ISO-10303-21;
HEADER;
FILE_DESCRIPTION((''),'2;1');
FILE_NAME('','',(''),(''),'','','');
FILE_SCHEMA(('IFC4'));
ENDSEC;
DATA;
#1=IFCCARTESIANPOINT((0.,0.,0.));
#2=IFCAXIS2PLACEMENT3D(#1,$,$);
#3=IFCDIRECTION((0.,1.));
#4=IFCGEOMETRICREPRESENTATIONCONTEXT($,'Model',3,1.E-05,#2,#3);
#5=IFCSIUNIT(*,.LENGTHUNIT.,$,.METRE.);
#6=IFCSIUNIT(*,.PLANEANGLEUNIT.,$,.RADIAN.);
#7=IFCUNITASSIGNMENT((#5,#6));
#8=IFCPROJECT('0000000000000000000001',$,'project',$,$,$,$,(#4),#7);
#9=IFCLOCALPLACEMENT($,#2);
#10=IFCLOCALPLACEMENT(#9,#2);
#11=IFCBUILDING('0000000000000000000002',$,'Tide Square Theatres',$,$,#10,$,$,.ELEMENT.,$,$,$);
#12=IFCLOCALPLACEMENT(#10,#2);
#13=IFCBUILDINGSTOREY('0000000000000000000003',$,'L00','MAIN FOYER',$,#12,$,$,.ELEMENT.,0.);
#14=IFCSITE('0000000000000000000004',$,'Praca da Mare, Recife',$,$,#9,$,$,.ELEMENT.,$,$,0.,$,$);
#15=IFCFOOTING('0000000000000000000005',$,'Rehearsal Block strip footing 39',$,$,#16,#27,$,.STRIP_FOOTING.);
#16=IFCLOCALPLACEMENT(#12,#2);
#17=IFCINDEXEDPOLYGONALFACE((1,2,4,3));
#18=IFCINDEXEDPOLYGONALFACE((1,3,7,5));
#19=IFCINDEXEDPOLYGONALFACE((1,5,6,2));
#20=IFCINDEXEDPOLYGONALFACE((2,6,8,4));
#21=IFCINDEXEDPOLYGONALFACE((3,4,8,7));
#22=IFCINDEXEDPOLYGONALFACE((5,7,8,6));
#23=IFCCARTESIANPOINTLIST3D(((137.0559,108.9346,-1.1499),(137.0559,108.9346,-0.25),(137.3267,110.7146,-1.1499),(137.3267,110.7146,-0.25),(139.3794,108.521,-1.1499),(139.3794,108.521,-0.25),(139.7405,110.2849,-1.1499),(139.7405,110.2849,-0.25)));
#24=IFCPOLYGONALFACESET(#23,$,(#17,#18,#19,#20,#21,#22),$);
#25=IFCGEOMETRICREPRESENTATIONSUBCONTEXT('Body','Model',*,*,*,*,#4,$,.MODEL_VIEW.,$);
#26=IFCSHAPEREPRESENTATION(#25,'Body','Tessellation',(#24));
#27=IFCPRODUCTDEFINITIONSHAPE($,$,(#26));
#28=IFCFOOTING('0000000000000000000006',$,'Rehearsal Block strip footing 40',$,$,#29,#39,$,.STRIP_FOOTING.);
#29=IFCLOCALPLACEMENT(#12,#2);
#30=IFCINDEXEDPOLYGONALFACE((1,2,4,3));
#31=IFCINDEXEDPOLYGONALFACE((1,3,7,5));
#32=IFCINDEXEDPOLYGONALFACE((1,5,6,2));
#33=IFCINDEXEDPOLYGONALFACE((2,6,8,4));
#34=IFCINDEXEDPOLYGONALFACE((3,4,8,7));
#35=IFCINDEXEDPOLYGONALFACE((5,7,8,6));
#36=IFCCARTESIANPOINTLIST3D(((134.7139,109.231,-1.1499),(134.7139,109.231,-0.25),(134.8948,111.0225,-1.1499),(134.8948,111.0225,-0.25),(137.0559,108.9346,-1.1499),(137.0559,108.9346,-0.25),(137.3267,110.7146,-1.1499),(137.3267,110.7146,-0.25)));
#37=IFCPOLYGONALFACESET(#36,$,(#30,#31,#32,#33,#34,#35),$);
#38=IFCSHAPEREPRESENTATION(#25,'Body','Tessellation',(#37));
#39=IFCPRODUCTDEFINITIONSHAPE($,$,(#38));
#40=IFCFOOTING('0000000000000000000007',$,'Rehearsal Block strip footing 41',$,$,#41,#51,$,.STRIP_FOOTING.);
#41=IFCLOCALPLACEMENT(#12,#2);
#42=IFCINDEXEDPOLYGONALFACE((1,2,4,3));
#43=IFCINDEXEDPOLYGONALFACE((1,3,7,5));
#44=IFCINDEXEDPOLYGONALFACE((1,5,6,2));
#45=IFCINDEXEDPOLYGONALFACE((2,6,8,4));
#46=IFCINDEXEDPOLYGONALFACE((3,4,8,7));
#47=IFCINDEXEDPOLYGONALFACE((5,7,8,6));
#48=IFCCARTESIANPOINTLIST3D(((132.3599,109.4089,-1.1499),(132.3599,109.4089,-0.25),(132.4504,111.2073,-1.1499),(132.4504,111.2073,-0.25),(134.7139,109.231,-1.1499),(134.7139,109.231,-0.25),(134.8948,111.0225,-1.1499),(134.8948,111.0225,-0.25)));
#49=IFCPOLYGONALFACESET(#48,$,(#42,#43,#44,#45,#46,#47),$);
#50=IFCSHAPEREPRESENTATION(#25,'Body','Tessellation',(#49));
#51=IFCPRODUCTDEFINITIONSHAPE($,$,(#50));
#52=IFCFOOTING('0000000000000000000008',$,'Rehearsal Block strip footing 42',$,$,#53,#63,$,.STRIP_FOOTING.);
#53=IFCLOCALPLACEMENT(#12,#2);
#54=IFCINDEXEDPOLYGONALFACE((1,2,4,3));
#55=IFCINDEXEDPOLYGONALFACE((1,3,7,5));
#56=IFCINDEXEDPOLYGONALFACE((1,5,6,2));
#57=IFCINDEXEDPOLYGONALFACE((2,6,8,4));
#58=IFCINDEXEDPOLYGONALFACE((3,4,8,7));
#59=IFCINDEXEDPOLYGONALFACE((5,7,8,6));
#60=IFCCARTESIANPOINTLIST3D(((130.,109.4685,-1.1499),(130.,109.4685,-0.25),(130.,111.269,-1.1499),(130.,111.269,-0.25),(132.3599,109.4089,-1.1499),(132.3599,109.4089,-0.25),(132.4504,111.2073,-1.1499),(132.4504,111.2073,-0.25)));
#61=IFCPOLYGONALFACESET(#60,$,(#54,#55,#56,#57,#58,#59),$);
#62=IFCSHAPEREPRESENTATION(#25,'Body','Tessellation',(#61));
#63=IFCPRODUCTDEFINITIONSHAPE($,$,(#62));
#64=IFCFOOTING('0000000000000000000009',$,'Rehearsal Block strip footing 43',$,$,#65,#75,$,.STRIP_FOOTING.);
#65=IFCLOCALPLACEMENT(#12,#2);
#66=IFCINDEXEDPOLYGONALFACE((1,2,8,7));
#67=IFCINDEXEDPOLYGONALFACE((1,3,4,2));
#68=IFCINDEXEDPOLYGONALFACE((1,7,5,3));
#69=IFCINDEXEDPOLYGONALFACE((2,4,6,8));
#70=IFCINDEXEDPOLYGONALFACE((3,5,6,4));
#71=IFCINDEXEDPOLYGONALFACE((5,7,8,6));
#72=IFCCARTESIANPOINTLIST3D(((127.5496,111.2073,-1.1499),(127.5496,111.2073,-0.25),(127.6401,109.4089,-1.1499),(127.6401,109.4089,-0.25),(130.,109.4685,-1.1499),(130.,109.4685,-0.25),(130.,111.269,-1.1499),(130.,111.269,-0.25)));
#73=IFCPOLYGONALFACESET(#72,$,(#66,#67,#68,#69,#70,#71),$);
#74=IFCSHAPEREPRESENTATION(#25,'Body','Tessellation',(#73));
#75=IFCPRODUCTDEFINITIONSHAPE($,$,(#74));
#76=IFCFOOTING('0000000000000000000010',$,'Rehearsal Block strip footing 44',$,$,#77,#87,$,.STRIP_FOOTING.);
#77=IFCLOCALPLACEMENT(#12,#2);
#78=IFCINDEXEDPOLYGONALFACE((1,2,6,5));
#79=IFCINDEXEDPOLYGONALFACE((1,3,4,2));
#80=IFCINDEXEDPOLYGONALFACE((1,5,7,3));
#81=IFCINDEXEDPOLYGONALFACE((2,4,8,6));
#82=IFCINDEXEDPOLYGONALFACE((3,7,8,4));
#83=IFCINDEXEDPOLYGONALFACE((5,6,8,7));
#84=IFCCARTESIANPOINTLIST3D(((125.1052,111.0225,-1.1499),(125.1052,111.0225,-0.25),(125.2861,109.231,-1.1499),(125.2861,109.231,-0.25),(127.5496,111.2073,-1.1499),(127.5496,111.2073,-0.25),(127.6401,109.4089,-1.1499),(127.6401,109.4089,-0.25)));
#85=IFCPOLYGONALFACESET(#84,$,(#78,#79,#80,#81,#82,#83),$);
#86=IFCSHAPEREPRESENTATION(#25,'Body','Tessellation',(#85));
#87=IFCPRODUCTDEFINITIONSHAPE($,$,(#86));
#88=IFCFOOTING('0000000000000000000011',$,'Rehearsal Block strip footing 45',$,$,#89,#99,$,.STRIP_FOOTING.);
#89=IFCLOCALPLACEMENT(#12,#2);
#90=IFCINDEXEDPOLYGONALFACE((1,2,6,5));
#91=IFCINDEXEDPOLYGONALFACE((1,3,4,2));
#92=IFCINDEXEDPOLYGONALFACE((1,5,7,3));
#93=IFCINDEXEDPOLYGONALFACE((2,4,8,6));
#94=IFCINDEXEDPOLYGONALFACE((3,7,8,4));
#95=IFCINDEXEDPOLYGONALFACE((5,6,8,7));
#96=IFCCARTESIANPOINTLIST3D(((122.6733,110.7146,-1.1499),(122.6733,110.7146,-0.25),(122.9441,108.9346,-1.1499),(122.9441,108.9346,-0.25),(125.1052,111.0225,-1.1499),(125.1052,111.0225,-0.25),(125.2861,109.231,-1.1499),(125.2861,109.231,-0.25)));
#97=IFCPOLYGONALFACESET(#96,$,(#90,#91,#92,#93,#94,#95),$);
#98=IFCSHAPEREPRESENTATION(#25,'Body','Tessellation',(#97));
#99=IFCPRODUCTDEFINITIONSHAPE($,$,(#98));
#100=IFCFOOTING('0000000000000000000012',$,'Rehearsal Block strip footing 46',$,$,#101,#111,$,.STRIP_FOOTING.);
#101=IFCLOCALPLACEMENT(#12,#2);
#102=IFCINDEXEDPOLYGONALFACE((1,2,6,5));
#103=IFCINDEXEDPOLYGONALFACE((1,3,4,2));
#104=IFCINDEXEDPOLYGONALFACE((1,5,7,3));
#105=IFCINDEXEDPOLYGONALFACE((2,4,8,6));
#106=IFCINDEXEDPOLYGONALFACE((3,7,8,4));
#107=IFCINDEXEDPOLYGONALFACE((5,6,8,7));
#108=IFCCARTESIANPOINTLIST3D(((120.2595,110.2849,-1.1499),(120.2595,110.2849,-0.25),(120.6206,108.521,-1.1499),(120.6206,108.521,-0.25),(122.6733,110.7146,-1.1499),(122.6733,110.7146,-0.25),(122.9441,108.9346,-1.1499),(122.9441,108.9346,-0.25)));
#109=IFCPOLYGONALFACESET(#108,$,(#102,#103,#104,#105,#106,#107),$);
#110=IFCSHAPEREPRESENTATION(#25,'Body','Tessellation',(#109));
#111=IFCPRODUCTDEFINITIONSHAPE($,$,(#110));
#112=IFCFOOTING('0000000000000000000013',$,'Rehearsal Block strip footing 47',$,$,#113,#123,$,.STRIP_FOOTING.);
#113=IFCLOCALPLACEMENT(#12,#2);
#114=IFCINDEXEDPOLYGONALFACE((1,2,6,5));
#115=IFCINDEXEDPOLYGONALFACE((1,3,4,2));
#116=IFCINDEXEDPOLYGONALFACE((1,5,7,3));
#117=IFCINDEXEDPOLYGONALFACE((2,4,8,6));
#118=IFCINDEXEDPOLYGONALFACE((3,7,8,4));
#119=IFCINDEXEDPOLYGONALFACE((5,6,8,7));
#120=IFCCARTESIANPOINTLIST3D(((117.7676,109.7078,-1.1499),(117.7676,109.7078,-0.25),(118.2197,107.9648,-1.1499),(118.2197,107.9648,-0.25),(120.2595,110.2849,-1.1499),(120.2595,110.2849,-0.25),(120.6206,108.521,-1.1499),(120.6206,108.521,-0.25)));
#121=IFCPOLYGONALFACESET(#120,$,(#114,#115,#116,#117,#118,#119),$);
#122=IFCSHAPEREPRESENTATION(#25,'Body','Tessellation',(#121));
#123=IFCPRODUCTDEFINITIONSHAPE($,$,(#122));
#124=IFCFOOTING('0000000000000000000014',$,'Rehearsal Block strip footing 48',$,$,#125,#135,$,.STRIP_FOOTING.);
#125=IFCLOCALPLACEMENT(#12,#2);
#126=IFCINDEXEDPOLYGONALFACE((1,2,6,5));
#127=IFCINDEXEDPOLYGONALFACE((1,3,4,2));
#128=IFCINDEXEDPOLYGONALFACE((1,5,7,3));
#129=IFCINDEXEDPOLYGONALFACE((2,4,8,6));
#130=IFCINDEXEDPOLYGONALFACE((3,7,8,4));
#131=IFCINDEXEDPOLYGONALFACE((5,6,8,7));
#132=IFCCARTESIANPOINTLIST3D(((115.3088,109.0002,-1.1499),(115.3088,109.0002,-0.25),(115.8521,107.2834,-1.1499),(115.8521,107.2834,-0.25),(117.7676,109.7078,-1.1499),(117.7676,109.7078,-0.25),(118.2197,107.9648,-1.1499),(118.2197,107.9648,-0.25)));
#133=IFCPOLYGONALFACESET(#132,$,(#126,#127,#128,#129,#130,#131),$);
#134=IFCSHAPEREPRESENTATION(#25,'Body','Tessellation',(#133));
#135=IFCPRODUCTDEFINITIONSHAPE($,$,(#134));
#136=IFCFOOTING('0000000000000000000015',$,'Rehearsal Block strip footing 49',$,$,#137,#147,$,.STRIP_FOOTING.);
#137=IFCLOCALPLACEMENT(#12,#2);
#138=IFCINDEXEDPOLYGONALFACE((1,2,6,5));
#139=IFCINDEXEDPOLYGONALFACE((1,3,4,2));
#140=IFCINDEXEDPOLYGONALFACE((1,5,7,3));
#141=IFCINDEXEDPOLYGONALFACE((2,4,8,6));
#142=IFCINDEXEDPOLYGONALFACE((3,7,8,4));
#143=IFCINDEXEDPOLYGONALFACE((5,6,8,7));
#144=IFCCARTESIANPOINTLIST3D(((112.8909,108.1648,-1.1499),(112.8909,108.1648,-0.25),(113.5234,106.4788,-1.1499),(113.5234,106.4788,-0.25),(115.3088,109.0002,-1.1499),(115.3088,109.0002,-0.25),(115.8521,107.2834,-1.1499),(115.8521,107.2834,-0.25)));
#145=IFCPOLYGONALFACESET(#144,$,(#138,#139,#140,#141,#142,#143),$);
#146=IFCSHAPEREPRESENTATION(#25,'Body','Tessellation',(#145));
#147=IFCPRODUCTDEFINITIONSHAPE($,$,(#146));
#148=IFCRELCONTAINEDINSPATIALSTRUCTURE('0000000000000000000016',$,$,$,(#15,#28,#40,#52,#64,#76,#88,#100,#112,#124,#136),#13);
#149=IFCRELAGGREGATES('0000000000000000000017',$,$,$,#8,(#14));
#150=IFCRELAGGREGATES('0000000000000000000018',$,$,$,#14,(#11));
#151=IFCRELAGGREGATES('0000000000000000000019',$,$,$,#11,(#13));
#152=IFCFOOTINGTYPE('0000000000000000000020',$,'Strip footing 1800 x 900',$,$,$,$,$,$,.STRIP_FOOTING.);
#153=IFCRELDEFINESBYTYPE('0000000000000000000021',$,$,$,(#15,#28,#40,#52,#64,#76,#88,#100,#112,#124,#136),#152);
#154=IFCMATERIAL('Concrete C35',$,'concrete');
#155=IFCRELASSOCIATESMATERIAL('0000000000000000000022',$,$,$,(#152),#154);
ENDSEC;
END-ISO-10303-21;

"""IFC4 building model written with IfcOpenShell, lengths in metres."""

from ifc_helpers import new_model, si_unit, direction, frame, origin, place, context, subcontext, project, spatial, polyline, outline, extrude, material, type_object, element, save


model = new_model("IFC4")

# Units and contexts
model_context = context("Model", 3, precision=1e-05, world=origin(), true_north=direction((0.0, 1.0)))
body_context = subcontext(model_context, "Body", "Model", "MODEL_VIEW")
ifc_project = project(units=[si_unit("LENGTHUNIT", "METRE"), si_unit("PLANEANGLEUNIT", "RADIAN")], contexts=[model_context])

# Site, building, storey
site_placement = place(None, origin())
site = spatial("IfcSite", under=ifc_project, at=site_placement, Name="Praca da Mare, Recife", CompositionType="ELEMENT", RefElevation=0.0)
building_placement = place(site_placement, origin())
building = spatial("IfcBuilding", under=site, at=building_placement, Name="Tide Square Theatres", CompositionType="ELEMENT")
storey_placement = place(building_placement, origin())
storey = spatial("IfcBuildingStorey", under=building, at=storey_placement, Name="L00", Description="MAIN FOYER", CompositionType="ELEMENT", Elevation=0.0)

# Footings
ifc_material = material(Name="Concrete C35", Category="concrete")
footing_type = type_object("IfcFootingType", Name="Strip footing 1800 x 900", PredefinedType="STRIP_FOOTING", material=ifc_material)
footing_1_placement = place(storey_placement, frame((0.0, 0.0, -1.1499)))
element("IfcFooting", 1, at=footing_1_placement, inside=storey, type_object=footing_type, Name="Rehearsal Block strip footing 39", PredefinedType="STRIP_FOOTING", context=body_context, shape_type="SweptSolid", body=[
    extrude(outline(polyline([(139.7405, 110.2849), (137.3267, 110.7146), (137.0559, 108.9346), (139.3794, 108.521), (139.7405, 110.2849)])), origin(), (0.0, 0.0, 1.0), 0.8999),
])
footing_2_placement = place(storey_placement, frame((0.0, 0.0, -1.1499)))
element("IfcFooting", 2, at=footing_2_placement, inside=storey, type_object=footing_type, Name="Rehearsal Block strip footing 40", PredefinedType="STRIP_FOOTING", context=body_context, shape_type="SweptSolid", body=[
    extrude(outline(polyline([(137.3267, 110.7146), (134.8948, 111.0225), (134.7139, 109.231), (137.0559, 108.9346), (137.3267, 110.7146)])), origin(), (0.0, 0.0, 1.0), 0.8999),
])
footing_3_placement = place(storey_placement, frame((0.0, 0.0, -1.1499)))
element("IfcFooting", 3, at=footing_3_placement, inside=storey, type_object=footing_type, Name="Rehearsal Block strip footing 41", PredefinedType="STRIP_FOOTING", context=body_context, shape_type="SweptSolid", body=[
    extrude(outline(polyline([(134.8948, 111.0225), (132.4504, 111.2073), (132.3599, 109.4089), (134.7139, 109.231), (134.8948, 111.0225)])), origin(), (0.0, 0.0, 1.0), 0.8999),
])
footing_4_placement = place(storey_placement, frame((0.0, 0.0, -1.1499)))
element("IfcFooting", 4, at=footing_4_placement, inside=storey, type_object=footing_type, Name="Rehearsal Block strip footing 42", PredefinedType="STRIP_FOOTING", context=body_context, shape_type="SweptSolid", body=[
    extrude(outline(polyline([(132.4504, 111.2073), (130.0, 111.269), (130.0, 109.4685), (132.3599, 109.4089), (132.4504, 111.2073)])), origin(), (0.0, 0.0, 1.0), 0.8999),
])
footing_5_placement = place(storey_placement, frame((0.0, 0.0, -1.1499)))
element("IfcFooting", 5, at=footing_5_placement, inside=storey, type_object=footing_type, Name="Rehearsal Block strip footing 43", PredefinedType="STRIP_FOOTING", context=body_context, shape_type="SweptSolid", body=[
    extrude(outline(polyline([(130.0, 111.269), (127.5496, 111.2073), (127.6401, 109.4089), (130.0, 109.4685), (130.0, 111.269)])), origin(), (0.0, 0.0, 1.0), 0.8999),
])
footing_6_placement = place(storey_placement, frame((0.0, 0.0, -1.1499)))
element("IfcFooting", 6, at=footing_6_placement, inside=storey, type_object=footing_type, Name="Rehearsal Block strip footing 44", PredefinedType="STRIP_FOOTING", context=body_context, shape_type="SweptSolid", body=[
    extrude(outline(polyline([(127.5496, 111.2073), (125.1052, 111.0225), (125.2861, 109.231), (127.6401, 109.4089), (127.5496, 111.2073)])), origin(), (0.0, 0.0, 1.0), 0.8999),
])
footing_7_placement = place(storey_placement, frame((0.0, 0.0, -1.1499)))
element("IfcFooting", 7, at=footing_7_placement, inside=storey, type_object=footing_type, Name="Rehearsal Block strip footing 45", PredefinedType="STRIP_FOOTING", context=body_context, shape_type="SweptSolid", body=[
    extrude(outline(polyline([(125.1052, 111.0225), (122.6733, 110.7146), (122.9441, 108.9346), (125.2861, 109.231), (125.1052, 111.0225)])), origin(), (0.0, 0.0, 1.0), 0.8999),
])
footing_8_placement = place(storey_placement, frame((0.0, 0.0, -1.1499)))
element("IfcFooting", 8, at=footing_8_placement, inside=storey, type_object=footing_type, Name="Rehearsal Block strip footing 46", PredefinedType="STRIP_FOOTING", context=body_context, shape_type="SweptSolid", body=[
    extrude(outline(polyline([(122.6733, 110.7146), (120.2595, 110.2849), (120.6206, 108.521), (122.9441, 108.9346), (122.6733, 110.7146)])), origin(), (0.0, 0.0, 1.0), 0.8999),
])
footing_9_placement = place(storey_placement, frame((0.0, 0.0, -1.1499)))
element("IfcFooting", 9, at=footing_9_placement, inside=storey, type_object=footing_type, Name="Rehearsal Block strip footing 47", PredefinedType="STRIP_FOOTING", context=body_context, shape_type="SweptSolid", body=[
    extrude(outline(polyline([(120.2595, 110.2849), (117.7676, 109.7078), (118.2197, 107.9648), (120.6206, 108.521), (120.2595, 110.2849)])), origin(), (0.0, 0.0, 1.0), 0.8999),
])
footing_10_placement = place(storey_placement, frame((0.0, 0.0, -1.1499)))
element("IfcFooting", 10, at=footing_10_placement, inside=storey, type_object=footing_type, Name="Rehearsal Block strip footing 48", PredefinedType="STRIP_FOOTING", context=body_context, shape_type="SweptSolid", body=[
    extrude(outline(polyline([(117.7676, 109.7078), (115.3088, 109.0002), (115.8521, 107.2834), (118.2197, 107.9648), (117.7676, 109.7078)])), origin(), (0.0, 0.0, 1.0), 0.8999),
])
footing_11_placement = place(storey_placement, frame((0.0, 0.0, -1.1499)))
element("IfcFooting", 11, at=footing_11_placement, inside=storey, type_object=footing_type, Name="Rehearsal Block strip footing 49", PredefinedType="STRIP_FOOTING", context=body_context, shape_type="SweptSolid", body=[
    extrude(outline(polyline([(115.3088, 109.0002), (112.8909, 108.1648), (113.5234, 106.4788), (115.8521, 107.2834), (115.3088, 109.0002)])), origin(), (0.0, 0.0, 1.0), 0.8999),
])

save(model, "model.ifc")
